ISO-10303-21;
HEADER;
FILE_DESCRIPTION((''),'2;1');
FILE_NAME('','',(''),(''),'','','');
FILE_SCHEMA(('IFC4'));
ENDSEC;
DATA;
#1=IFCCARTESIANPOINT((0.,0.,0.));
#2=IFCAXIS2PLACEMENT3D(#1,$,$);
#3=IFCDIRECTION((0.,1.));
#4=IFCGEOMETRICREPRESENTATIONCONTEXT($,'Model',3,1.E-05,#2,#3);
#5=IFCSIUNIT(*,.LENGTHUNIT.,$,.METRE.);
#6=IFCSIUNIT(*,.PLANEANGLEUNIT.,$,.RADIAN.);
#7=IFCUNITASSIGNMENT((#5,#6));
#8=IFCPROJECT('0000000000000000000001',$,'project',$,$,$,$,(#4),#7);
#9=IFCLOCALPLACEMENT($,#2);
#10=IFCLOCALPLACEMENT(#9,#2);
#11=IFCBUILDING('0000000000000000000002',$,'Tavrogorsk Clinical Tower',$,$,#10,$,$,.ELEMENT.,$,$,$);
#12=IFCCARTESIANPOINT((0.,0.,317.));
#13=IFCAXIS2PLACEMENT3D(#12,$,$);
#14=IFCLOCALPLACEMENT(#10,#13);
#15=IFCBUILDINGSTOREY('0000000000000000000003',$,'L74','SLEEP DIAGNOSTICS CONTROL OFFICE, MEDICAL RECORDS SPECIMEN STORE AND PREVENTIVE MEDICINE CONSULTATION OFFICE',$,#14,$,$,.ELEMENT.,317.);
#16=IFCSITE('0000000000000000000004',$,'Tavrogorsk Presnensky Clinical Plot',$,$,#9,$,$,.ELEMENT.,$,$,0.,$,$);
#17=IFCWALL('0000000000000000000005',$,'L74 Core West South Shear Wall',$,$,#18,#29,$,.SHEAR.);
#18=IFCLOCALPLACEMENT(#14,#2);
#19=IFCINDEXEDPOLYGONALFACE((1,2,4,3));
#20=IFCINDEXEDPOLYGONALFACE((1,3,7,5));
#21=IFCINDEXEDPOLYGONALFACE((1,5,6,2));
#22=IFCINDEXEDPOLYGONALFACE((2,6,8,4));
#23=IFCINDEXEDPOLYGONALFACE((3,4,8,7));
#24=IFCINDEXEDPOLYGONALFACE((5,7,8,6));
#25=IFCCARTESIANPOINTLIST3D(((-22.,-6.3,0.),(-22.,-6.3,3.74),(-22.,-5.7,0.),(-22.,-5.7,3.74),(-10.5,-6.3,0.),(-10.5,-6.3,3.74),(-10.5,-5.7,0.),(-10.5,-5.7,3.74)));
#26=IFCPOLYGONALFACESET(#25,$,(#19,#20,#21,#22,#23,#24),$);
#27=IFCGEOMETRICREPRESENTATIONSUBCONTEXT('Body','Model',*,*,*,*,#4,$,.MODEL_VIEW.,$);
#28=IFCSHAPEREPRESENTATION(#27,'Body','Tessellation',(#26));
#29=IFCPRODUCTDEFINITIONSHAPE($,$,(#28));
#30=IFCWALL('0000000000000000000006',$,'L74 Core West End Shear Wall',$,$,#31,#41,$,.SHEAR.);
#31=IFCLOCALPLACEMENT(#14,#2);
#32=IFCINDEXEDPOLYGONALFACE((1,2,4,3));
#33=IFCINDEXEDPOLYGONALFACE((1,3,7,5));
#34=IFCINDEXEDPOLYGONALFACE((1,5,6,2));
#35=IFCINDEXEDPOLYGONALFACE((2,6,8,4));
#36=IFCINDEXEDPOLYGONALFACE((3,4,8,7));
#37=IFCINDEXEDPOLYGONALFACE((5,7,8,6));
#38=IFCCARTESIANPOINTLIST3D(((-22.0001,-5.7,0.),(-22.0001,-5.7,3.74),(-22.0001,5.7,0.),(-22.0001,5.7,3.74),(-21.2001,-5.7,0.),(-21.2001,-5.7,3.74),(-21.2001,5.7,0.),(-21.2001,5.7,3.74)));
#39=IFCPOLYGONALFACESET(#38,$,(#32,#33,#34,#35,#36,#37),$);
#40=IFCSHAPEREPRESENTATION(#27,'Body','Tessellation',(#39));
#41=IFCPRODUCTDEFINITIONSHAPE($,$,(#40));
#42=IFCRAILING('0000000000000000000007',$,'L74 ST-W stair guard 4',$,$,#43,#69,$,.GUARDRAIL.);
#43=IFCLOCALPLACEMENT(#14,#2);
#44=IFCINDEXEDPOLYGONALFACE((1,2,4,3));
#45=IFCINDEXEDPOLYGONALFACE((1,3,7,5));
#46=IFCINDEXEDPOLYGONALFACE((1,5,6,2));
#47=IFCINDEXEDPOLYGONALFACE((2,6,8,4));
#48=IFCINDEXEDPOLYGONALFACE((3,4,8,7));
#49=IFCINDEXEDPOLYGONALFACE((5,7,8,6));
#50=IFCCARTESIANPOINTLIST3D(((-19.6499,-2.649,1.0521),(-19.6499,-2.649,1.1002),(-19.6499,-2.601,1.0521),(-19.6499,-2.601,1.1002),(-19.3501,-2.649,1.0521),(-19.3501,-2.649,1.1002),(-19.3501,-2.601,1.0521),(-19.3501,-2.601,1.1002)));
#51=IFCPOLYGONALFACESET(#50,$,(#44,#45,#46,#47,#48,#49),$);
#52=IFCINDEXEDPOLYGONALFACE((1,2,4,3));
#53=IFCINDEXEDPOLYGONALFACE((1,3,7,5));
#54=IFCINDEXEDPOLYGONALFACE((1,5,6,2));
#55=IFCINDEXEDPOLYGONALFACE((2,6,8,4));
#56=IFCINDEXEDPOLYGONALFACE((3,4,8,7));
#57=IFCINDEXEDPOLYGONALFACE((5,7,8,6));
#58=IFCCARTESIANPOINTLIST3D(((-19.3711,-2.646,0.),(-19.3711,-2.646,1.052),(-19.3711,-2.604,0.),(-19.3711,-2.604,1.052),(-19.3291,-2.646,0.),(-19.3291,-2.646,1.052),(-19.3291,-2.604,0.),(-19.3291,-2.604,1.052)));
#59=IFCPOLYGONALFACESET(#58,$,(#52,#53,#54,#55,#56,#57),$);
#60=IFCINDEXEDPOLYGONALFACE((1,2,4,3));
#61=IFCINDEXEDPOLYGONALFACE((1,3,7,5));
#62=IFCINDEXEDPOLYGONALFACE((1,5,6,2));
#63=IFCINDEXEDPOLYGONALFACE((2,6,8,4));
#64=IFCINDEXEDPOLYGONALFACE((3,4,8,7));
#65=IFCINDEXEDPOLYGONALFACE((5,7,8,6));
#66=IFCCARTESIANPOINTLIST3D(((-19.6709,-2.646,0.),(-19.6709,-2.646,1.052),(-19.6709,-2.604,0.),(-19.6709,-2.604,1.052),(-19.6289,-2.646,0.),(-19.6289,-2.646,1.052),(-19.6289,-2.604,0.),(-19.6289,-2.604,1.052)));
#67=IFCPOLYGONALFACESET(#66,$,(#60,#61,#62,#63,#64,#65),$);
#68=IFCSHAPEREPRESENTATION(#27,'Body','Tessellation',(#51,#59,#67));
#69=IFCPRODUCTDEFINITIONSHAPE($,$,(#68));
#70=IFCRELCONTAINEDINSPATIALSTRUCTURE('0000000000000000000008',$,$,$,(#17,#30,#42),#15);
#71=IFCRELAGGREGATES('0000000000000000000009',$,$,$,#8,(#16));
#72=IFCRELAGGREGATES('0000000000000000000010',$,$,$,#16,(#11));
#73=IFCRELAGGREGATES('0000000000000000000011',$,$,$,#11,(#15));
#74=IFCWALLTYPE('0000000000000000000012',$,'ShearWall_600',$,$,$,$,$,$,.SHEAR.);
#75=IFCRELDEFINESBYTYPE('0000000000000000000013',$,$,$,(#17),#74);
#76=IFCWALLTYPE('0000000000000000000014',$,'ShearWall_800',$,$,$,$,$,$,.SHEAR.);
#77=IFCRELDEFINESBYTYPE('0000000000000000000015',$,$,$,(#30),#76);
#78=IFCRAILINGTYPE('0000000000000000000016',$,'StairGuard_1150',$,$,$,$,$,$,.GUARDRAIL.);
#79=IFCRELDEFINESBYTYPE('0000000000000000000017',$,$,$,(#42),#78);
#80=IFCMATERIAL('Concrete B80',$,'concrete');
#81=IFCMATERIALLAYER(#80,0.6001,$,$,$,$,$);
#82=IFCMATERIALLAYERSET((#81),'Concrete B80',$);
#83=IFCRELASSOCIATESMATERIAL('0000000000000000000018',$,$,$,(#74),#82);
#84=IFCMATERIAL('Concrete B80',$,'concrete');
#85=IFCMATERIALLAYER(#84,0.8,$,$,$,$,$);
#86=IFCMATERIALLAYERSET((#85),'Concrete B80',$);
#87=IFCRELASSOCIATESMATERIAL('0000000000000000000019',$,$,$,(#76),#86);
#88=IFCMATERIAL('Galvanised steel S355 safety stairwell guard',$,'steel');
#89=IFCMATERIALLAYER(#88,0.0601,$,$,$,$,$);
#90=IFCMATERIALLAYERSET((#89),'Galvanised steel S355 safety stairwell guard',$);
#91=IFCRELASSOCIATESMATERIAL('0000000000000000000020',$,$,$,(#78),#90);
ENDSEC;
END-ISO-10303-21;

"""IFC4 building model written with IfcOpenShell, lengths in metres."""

from ifc_helpers import new_model, si_unit, direction, frame, frame_2d, origin, origin_2d, place, context, subcontext, project, spatial, rectangle, extrude, material, layer, layer_set, type_object, element, save


model = new_model("IFC4")

# Units and contexts
model_context = context("Model", 3, precision=1e-05, world=origin(), true_north=direction((0.0, 1.0)))
body_context = subcontext(model_context, "Body", "Model", "MODEL_VIEW")
ifc_project = project(units=[si_unit("LENGTHUNIT", "METRE"), si_unit("PLANEANGLEUNIT", "RADIAN")], contexts=[model_context])

# Site, building, storey
site_placement = place(None, origin())
site = spatial("IfcSite", under=ifc_project, at=site_placement, Name="Tavrogorsk Presnensky Clinical Plot", CompositionType="ELEMENT", RefElevation=0.0)
building_placement = place(site_placement, origin())
building = spatial("IfcBuilding", under=site, at=building_placement, Name="Tavrogorsk Clinical Tower", CompositionType="ELEMENT")
storey_placement = place(building_placement, frame((0.0, 0.0, 317.0)))
storey = spatial("IfcBuildingStorey", under=building, at=storey_placement, Name="L74", Description="SLEEP DIAGNOSTICS CONTROL OFFICE, MEDICAL RECORDS SPECIMEN STORE AND PREVENTIVE MEDICINE CONSULTATION OFFICE", CompositionType="ELEMENT", Elevation=317.0)

# Walls
ifc_material_1 = material(Name="Concrete B80", Category="concrete")
ifc_layer_1 = layer(ifc_material_1, 0.6001)
ifc_layer_set_1 = layer_set([ifc_layer_1], Name="Concrete B80")
wall_type_1 = type_object("IfcWallType", Name="ShearWall_600", PredefinedType="SHEAR", material=ifc_layer_set_1)
wall_1_placement = place(storey_placement, frame((-22.0, -6.0, 0.0), z_axis=(0.0, 0.0, 1.0), x_axis=(1.0, 0.0, 0.0)))
element("IfcWall", 1, at=wall_1_placement, inside=storey, type_object=wall_type_1, Name="L74 Core West South Shear Wall", PredefinedType="SHEAR", context=body_context, shape_type="SweptSolid", body=[
    extrude(rectangle(XDim=11.5, YDim=0.6001, at=frame_2d((5.75, 0.0))), origin(), (0.0, 0.0, 1.0), 3.74),
])
ifc_material_2 = material(Name="Concrete B80", Category="concrete")
ifc_layer_2 = layer(ifc_material_2, 0.8)
ifc_layer_set_2 = layer_set([ifc_layer_2], Name="Concrete B80")
wall_type_2 = type_object("IfcWallType", Name="ShearWall_800", PredefinedType="SHEAR", material=ifc_layer_set_2)
wall_2_placement = place(storey_placement, frame((-21.6001, -5.7, 0.0), z_axis=(0.0, 0.0, 1.0), x_axis=(0.0, 1.0, 0.0)))
element("IfcWall", 2, at=wall_2_placement, inside=storey, type_object=wall_type_2, Name="L74 Core West End Shear Wall", PredefinedType="SHEAR", context=body_context, shape_type="SweptSolid", body=[
    extrude(rectangle(XDim=11.3999, YDim=0.8, at=frame_2d((5.7, 0.0))), origin(), (0.0, 0.0, 1.0), 3.74),
])

# Railing
ifc_material_3 = material(Name="Galvanised steel S355 safety stairwell guard", Category="steel")
ifc_layer_3 = layer(ifc_material_3, 0.0601)
ifc_layer_set_3 = layer_set([ifc_layer_3], Name="Galvanised steel S355 safety stairwell guard")
railing_type = type_object("IfcRailingType", Name="StairGuard_1150", PredefinedType="GUARDRAIL", material=ifc_layer_set_3)
railing_placement = place(storey_placement, frame((-19.3501, -2.625, 0.0)))
element("IfcRailing", 3, at=railing_placement, inside=storey, type_object=railing_type, Name="L74 ST-W stair guard 4", PredefinedType="GUARDRAIL", context=body_context, shape_type="SweptSolid", body=[
    extrude(rectangle(XDim=0.0481, YDim=0.0481, at=origin_2d()), frame((0.0, 0.0, 1.0762), z_axis=(-1.0, 0.0, 0.0), x_axis=(0.0, -1.0, 0.0)), (0.0, 0.0, 1.0), 0.2998),
    extrude(rectangle(XDim=0.042, YDim=0.042, at=origin_2d()), origin(), (0.0, 0.0, 1.0), 1.052),
    extrude(rectangle(XDim=0.042, YDim=0.042, at=origin_2d()), frame((-0.2998, 0.0, 0.0)), (0.0, 0.0, 1.0), 1.052),
])

save(model, "model.ifc")
